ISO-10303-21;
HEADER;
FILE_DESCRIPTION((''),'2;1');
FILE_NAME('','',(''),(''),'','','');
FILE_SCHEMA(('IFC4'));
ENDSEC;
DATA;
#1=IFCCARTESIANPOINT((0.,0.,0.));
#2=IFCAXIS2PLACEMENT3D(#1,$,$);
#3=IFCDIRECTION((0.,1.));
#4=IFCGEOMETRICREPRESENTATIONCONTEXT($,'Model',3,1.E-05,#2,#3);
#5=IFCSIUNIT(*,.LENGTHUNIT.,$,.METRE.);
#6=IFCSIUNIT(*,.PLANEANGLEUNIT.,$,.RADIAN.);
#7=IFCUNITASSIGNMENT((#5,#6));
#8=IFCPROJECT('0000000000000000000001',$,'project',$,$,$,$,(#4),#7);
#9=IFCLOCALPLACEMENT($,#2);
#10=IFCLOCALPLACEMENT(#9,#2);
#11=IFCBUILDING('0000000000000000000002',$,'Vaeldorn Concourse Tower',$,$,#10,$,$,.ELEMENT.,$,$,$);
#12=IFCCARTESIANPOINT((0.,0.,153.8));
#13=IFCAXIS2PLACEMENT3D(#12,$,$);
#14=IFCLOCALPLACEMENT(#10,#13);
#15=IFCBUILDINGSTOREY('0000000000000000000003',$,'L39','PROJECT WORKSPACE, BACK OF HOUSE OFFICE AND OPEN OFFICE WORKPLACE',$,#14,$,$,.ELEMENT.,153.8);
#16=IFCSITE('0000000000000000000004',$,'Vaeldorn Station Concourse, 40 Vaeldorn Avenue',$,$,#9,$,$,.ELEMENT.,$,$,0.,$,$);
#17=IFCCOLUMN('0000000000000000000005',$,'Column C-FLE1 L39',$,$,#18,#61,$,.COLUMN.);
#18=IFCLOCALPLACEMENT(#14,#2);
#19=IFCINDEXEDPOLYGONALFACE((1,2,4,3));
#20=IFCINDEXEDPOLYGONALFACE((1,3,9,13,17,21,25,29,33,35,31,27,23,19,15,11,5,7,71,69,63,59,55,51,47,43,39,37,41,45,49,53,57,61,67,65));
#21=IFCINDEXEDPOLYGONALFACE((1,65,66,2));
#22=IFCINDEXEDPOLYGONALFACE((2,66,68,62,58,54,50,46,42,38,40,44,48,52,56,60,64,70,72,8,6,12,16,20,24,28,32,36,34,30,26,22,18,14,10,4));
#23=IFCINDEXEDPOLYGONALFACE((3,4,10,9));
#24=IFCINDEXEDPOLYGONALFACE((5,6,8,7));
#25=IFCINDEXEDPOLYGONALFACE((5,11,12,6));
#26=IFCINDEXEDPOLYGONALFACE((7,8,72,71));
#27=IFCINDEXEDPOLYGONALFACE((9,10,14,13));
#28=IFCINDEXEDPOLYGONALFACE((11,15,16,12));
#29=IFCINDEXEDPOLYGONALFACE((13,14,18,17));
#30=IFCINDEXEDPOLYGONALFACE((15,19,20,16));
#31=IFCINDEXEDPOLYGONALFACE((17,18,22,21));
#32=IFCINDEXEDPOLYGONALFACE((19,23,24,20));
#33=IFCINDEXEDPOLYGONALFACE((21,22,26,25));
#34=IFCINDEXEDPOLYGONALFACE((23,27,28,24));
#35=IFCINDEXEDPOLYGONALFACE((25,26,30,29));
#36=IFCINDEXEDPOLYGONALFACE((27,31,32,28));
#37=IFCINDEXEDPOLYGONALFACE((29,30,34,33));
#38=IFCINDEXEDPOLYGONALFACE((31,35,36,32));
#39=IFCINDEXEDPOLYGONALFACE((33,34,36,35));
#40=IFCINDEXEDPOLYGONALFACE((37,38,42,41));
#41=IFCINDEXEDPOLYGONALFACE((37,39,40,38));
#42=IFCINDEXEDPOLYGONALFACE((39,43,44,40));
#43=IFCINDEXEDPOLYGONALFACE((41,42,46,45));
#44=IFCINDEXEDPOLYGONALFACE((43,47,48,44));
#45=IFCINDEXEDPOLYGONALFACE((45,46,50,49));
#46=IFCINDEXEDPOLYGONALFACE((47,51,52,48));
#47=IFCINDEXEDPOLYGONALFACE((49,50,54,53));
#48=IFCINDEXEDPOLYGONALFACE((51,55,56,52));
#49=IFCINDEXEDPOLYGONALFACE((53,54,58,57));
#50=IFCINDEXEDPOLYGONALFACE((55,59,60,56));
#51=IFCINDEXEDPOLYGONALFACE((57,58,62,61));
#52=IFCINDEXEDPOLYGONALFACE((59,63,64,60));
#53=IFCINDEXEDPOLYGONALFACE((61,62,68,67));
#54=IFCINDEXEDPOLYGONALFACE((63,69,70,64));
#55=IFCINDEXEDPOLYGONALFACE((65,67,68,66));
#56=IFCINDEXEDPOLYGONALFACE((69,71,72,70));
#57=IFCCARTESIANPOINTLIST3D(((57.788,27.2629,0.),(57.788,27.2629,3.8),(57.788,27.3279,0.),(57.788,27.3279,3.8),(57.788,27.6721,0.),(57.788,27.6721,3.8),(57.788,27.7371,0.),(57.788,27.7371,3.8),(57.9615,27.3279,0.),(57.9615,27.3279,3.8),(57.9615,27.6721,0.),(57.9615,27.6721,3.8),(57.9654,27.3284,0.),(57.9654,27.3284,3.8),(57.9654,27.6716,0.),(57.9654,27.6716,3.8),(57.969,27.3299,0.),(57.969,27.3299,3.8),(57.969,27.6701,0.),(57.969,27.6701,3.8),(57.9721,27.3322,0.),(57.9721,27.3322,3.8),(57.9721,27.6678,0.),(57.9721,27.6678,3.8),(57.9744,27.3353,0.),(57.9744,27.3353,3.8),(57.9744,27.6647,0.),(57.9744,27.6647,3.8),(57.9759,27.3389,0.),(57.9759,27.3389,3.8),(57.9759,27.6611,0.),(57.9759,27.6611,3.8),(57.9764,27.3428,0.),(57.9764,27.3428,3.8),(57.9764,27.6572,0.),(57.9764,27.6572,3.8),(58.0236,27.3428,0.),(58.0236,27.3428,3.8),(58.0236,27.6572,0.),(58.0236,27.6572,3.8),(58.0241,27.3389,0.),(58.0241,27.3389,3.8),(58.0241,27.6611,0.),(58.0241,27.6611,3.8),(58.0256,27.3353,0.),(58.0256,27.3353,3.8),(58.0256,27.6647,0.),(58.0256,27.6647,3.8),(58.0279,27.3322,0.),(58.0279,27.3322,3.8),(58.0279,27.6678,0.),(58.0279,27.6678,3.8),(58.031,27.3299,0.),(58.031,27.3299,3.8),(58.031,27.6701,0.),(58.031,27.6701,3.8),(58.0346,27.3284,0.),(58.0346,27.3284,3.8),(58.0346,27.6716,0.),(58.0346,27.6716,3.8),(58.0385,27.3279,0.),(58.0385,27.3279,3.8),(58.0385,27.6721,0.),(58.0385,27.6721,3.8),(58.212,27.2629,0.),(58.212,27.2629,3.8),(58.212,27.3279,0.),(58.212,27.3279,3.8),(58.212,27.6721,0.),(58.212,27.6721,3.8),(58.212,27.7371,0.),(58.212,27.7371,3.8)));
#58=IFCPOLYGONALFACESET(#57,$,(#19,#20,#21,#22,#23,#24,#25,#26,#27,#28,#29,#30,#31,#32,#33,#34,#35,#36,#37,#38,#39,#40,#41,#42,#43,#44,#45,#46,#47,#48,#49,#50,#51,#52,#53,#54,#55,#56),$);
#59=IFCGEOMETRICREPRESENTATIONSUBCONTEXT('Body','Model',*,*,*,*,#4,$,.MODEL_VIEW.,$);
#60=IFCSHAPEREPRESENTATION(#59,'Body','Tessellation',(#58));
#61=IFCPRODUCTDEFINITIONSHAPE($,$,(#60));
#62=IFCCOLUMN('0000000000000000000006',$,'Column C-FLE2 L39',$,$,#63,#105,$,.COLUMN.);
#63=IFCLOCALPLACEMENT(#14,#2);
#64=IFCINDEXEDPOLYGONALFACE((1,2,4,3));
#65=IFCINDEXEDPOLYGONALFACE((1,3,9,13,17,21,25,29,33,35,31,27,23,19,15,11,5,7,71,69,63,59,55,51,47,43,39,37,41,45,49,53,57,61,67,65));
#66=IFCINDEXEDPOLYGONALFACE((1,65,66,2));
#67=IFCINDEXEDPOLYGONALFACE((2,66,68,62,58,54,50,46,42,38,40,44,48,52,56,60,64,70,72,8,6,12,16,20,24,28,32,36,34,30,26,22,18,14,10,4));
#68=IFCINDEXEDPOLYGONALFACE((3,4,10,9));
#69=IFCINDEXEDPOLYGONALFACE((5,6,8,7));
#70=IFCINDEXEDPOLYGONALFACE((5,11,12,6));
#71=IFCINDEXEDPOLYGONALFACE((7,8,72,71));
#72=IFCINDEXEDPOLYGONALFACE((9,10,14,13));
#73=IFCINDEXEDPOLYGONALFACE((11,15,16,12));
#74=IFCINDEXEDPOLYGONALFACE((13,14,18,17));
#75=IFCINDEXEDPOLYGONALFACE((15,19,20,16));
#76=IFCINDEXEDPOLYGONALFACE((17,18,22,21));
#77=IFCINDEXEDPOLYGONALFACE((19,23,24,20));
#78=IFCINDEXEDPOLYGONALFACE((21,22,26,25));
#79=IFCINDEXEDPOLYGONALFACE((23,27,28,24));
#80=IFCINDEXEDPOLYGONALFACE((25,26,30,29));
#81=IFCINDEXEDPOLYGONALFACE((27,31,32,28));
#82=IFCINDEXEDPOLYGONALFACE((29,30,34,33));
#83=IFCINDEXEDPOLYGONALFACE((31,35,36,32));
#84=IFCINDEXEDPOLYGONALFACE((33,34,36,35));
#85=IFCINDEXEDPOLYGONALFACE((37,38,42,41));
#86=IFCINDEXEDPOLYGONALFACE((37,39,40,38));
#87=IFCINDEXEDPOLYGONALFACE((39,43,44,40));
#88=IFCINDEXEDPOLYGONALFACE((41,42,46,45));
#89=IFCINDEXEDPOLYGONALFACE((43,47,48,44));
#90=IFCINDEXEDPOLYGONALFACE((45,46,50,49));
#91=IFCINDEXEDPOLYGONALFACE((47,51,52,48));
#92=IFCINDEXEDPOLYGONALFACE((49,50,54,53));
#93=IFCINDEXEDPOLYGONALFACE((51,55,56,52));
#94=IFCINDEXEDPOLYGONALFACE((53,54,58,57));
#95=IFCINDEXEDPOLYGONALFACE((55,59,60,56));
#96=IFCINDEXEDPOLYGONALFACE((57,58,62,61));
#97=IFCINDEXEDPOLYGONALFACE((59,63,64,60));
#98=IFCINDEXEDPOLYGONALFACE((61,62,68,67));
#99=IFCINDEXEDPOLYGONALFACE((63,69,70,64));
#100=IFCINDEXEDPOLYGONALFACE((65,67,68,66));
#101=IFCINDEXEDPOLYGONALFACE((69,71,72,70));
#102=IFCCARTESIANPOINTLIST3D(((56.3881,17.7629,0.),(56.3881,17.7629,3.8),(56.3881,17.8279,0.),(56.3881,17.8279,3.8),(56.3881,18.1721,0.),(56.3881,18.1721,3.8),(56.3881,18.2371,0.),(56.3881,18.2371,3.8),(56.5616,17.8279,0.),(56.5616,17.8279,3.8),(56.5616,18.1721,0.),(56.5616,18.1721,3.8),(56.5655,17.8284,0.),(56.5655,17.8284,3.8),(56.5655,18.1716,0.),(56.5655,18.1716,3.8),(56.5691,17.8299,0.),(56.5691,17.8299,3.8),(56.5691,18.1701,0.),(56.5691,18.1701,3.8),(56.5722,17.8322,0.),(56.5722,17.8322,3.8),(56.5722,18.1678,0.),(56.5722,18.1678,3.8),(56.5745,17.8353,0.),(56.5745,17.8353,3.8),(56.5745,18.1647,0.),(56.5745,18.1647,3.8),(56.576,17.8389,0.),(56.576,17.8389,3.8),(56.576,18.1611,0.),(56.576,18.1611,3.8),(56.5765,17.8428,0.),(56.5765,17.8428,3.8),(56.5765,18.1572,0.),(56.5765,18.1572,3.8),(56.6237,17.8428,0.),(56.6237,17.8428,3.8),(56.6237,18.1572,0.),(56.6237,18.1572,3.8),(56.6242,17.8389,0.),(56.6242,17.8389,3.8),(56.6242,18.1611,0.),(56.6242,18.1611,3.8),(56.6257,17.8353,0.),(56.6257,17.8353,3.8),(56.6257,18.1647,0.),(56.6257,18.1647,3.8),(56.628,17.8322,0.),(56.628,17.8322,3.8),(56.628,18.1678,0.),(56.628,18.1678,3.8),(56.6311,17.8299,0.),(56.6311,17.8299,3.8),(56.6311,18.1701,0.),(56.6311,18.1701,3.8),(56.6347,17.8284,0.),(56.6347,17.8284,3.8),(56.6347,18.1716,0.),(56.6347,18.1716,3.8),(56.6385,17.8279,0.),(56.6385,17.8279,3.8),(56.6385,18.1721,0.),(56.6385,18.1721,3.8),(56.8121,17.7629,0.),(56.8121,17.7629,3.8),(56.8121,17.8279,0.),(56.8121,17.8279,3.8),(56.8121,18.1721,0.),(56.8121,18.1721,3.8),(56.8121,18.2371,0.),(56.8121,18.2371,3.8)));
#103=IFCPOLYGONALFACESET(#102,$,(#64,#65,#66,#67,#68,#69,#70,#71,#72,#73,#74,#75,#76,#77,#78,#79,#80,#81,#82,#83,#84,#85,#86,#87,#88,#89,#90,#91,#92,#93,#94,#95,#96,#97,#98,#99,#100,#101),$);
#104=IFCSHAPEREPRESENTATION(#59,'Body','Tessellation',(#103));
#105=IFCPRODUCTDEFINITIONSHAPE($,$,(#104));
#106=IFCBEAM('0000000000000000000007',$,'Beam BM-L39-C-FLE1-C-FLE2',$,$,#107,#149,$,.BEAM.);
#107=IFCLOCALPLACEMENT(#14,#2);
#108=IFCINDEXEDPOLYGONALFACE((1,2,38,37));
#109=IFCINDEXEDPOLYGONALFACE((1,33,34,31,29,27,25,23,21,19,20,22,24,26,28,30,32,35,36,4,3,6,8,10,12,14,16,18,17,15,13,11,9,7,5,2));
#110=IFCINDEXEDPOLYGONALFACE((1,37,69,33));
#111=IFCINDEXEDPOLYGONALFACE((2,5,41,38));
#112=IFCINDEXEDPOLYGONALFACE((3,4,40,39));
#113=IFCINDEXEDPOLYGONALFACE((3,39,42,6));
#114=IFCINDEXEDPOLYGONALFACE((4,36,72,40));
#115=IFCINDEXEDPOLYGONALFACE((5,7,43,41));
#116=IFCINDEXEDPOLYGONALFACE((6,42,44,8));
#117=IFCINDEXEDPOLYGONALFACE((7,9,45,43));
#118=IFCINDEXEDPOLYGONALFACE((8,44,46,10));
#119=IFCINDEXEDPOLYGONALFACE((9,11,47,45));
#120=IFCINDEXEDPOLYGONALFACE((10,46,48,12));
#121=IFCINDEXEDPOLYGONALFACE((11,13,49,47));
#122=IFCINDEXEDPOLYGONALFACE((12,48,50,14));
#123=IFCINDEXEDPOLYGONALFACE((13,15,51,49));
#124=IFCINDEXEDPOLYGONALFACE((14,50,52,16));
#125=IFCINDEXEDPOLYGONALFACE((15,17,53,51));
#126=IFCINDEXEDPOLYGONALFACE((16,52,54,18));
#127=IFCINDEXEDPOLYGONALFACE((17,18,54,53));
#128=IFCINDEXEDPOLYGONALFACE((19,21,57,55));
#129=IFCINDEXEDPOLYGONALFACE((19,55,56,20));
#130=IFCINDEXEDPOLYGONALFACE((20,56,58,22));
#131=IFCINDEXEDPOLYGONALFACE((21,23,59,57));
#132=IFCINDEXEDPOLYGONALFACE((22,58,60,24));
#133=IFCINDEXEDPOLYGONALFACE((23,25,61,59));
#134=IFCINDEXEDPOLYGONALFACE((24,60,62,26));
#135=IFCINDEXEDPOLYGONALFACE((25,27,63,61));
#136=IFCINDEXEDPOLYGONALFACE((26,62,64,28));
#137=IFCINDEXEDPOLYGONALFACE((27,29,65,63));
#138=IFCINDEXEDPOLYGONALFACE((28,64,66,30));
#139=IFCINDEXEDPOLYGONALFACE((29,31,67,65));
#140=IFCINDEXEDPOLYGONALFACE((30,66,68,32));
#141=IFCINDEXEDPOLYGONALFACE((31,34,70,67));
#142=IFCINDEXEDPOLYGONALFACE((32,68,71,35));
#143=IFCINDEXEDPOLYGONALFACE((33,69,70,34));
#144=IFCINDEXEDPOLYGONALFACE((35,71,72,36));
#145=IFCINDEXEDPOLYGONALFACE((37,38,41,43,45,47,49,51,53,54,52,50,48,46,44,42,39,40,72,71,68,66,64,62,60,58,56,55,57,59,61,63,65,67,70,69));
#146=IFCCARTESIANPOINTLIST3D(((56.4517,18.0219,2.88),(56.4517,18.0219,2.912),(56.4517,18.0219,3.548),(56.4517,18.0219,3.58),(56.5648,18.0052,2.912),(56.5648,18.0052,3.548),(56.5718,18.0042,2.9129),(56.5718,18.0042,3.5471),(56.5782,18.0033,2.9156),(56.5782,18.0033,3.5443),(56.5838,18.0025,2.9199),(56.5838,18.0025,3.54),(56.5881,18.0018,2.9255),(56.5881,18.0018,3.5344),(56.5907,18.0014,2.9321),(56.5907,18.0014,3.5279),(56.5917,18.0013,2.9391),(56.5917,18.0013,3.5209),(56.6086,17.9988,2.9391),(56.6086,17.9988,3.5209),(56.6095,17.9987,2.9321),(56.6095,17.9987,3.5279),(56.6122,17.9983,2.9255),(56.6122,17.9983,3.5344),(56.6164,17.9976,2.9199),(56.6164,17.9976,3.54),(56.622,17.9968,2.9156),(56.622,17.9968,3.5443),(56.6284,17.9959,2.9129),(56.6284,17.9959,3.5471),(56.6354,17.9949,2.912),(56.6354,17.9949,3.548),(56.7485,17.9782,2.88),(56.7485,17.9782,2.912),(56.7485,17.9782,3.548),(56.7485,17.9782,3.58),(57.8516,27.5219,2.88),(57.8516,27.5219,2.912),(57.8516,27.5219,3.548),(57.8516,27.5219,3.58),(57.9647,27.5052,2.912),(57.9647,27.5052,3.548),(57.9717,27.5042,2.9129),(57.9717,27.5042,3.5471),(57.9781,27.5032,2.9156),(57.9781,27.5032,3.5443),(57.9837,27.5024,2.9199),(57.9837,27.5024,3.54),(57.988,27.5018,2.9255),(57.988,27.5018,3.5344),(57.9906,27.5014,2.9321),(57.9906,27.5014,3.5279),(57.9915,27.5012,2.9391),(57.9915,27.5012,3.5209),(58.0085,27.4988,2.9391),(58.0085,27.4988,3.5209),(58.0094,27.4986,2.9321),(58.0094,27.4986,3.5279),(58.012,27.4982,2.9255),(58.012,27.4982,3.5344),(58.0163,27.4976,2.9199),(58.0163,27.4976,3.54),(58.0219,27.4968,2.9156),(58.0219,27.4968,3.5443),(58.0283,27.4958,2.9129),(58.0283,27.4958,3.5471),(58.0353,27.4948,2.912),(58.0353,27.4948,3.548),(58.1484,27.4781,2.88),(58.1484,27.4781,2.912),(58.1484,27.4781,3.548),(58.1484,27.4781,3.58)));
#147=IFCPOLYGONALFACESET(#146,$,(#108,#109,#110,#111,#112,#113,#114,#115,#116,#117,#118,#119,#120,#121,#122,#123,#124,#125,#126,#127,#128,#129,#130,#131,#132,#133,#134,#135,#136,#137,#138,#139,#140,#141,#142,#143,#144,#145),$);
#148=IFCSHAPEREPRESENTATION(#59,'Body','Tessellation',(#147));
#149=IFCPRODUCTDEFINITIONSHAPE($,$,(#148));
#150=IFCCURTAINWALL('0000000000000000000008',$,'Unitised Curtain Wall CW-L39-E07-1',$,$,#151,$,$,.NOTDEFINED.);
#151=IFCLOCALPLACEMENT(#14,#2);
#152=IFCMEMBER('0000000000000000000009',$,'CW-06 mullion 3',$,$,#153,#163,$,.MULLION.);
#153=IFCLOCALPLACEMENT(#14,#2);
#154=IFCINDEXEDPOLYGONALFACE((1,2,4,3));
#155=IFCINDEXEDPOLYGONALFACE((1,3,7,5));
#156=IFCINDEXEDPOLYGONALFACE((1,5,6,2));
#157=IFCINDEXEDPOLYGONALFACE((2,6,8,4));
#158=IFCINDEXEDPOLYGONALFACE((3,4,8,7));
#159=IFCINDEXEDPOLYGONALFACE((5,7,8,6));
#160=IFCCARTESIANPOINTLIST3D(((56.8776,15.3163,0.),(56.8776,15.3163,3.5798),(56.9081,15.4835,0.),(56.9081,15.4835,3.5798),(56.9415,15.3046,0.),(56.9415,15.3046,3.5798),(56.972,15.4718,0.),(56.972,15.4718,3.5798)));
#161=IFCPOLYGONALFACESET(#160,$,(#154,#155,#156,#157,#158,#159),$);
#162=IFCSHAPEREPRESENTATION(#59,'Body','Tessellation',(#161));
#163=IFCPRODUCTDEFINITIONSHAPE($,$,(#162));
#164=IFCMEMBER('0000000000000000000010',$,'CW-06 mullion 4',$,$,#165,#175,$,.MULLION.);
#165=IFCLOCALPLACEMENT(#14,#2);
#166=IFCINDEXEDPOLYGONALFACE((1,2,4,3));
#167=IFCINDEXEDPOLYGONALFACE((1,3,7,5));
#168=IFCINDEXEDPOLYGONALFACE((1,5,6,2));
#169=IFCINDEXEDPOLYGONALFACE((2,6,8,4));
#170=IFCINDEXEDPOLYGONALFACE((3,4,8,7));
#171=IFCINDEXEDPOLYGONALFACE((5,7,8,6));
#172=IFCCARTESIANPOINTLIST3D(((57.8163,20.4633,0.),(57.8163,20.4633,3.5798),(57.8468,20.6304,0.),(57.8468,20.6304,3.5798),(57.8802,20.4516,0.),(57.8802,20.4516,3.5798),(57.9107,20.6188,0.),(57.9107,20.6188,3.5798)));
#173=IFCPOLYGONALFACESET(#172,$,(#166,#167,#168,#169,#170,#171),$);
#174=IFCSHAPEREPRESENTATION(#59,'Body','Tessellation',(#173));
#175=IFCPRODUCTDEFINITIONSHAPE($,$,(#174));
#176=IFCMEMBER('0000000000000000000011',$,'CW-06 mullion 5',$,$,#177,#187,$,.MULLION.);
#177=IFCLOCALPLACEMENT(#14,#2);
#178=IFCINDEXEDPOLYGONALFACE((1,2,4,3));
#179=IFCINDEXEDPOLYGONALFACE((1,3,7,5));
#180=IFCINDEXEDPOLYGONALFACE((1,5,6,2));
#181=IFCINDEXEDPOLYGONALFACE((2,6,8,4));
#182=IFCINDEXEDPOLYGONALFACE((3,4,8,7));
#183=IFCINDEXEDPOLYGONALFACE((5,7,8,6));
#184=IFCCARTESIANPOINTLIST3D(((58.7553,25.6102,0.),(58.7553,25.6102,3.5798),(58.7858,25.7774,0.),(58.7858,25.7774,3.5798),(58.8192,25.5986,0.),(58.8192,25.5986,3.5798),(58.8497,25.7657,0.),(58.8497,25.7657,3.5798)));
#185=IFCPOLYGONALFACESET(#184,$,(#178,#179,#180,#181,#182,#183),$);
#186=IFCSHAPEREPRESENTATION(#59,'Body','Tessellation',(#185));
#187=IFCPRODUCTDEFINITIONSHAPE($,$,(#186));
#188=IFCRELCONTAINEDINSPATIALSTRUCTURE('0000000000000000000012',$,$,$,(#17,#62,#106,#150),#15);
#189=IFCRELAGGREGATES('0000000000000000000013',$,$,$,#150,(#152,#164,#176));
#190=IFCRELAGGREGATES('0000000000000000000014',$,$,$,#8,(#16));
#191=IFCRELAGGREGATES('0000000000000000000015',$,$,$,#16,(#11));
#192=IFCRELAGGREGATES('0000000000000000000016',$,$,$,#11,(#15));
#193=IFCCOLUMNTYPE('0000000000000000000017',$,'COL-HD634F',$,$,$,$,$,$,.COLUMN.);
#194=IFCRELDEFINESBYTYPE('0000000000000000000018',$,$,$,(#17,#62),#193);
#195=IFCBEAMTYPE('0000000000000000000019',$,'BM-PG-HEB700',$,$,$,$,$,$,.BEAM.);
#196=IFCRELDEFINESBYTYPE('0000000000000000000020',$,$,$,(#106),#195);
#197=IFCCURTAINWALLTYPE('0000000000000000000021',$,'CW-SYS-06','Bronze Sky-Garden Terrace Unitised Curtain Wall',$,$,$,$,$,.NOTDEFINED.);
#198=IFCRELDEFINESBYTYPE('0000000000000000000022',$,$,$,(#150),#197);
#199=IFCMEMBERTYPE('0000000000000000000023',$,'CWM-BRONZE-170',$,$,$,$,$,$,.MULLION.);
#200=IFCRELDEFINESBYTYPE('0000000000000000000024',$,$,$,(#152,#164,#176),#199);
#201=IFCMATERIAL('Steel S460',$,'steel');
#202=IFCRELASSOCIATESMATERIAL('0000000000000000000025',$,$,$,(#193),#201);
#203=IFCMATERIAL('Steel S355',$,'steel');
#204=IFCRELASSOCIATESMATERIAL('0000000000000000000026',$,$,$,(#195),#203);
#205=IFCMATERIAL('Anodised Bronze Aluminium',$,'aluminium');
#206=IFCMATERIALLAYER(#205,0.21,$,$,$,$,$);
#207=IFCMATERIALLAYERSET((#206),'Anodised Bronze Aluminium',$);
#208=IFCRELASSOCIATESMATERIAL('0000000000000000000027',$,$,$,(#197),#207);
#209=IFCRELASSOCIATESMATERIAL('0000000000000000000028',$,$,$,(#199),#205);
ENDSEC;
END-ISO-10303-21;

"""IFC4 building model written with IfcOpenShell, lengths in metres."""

from ifc_helpers import new_model, si_unit, direction, frame, origin, origin_2d, place, context, subcontext, project, spatial, rectangle, i_section, extrude, source, transform, mapped, material, layer, layer_set, material_profile, profile_set, type_object, element, aggregate, save


model = new_model("IFC4")

# Units and contexts
model_context = context("Model", 3, precision=1e-05, world=origin(), true_north=direction((0.0, 1.0)))
body_context = subcontext(model_context, "Body", "Model", "MODEL_VIEW")
ifc_project = project(units=[si_unit("LENGTHUNIT", "METRE"), si_unit("PLANEANGLEUNIT", "RADIAN")], contexts=[model_context])

# Site, building, storey
site_placement = place(None, origin())
site = spatial("IfcSite", under=ifc_project, at=site_placement, Name="Vaeldorn Station Concourse, 40 Vaeldorn Avenue", CompositionType="ELEMENT", RefElevation=0.0)
building_placement = place(site_placement, origin())
building = spatial("IfcBuilding", under=site, at=building_placement, Name="Vaeldorn Concourse Tower", CompositionType="ELEMENT")
storey_placement = place(building_placement, frame((0.0, 0.0, 153.8)))
storey = spatial("IfcBuildingStorey", under=building, at=storey_placement, Name="L39", Description="PROJECT WORKSPACE, BACK OF HOUSE OFFICE AND OPEN OFFICE WORKPLACE", CompositionType="ELEMENT", Elevation=153.8)

# Columns
ifc_material_1 = material(Name="Steel S460", Category="steel")
ifc_material_profile_1 = material_profile(ifc_material_1, i_section(OverallWidth=0.4241, OverallDepth=0.4741, WebThickness=0.0471, FlangeThickness=0.0649, FilletRadius=0.0149, at=origin_2d()), Name="HD 400x634")
ifc_profile_set_1 = profile_set([ifc_material_profile_1], Name="Steel S460")
column_type = type_object("IfcColumnType", Name="COL-HD634F", PredefinedType="COLUMN", material=ifc_profile_set_1)
shared_shape_1 = source(origin(), body_context, "Body", "SweptSolid", [
    extrude(i_section(OverallWidth=0.4241, OverallDepth=0.4741, WebThickness=0.0471, FlangeThickness=0.0649, FilletRadius=0.0149, at=origin_2d()), origin(), (0.0, 0.0, 1.0), 3.8),
])
for number, where, z_axis, x_axis, name in (
    (1, (58.0, 27.5, 0.0), (0.0, 0.0, 1.0), (1.0, 0.0, 0.0), "Column C-FLE1 L39"),
    (2, (56.6001, 18.0, 0.0), (0.0, 0.0, 1.0), (1.0, 0.0, 0.0), "Column C-FLE2 L39"),
):
    element("IfcColumn", number, at=place(storey_placement, frame(where, z_axis=z_axis, x_axis=x_axis)), inside=storey, type_object=column_type, Name=name, PredefinedType="COLUMN", context=body_context, shape_type="MappedRepresentation", body=[
        mapped(shared_shape_1, transform((0.0, 0.0, 0.0), scale=1.0)),
    ])

# Beam
ifc_material_2 = material(Name="Steel S355", Category="steel")
ifc_material_profile_2 = material_profile(ifc_material_2, i_section(OverallWidth=0.3, OverallDepth=0.7, WebThickness=0.0171, FlangeThickness=0.032, FilletRadius=0.0271, at=origin_2d()), Name="HEB 700")
ifc_profile_set_2 = profile_set([ifc_material_profile_2], Name="Steel S355")
beam_type = type_object("IfcBeamType", Name="BM-PG-HEB700", PredefinedType="BEAM", material=ifc_profile_set_2)
shared_shape_2 = source(origin(), body_context, "Body", "SweptSolid", [
    extrude(i_section(OverallWidth=0.3, OverallDepth=0.7, WebThickness=0.0171, FlangeThickness=0.032, FilletRadius=0.0271, at=origin_2d()), origin(), (0.0, 0.0, 1.0), 9.6025),
])
beam_placement = place(storey_placement, frame((58.0, 27.5, 3.23), z_axis=(-0.145784, -0.989316, 0.0), x_axis=(0.989316, -0.145784, 0.0)))
element("IfcBeam", 3, at=beam_placement, inside=storey, type_object=beam_type, Name="Beam BM-L39-C-FLE1-C-FLE2", PredefinedType="BEAM", context=body_context, shape_type="MappedRepresentation", body=[
    mapped(shared_shape_2, transform((0.0, 0.0, 0.0), scale=1.0)),
])

# Curtain wall, members
ifc_material_3 = material(Name="Anodised Bronze Aluminium", Category="aluminium")
ifc_layer_1 = layer(ifc_material_3, 0.21)
ifc_layer_set_1 = layer_set([ifc_layer_1], Name="Anodised Bronze Aluminium")
curtain_wall_type = type_object("IfcCurtainWallType", Name="CW-SYS-06", Description="Bronze Sky-Garden Terrace Unitised Curtain Wall", PredefinedType="NOTDEFINED", material=ifc_layer_set_1)
curtain_wall_placement = place(storey_placement, origin())
curtain_wall = element("IfcCurtainWall", 4, at=curtain_wall_placement, inside=storey, type_object=curtain_wall_type, Name="Unitised Curtain Wall CW-L39-E07-1", PredefinedType="NOTDEFINED")
ifc_material_profile_3 = material_profile(ifc_material_3, rectangle(XDim=0.0649, YDim=0.1699, at=origin_2d()), Name="CWM 65x170")
ifc_profile_set_3 = profile_set([ifc_material_profile_3], Name="Anodised Bronze Aluminium")
member_type_1 = type_object("IfcMemberType", Name="CWM-BRONZE-170", PredefinedType="MULLION", material=ifc_profile_set_3)
shared_shape_3 = source(origin(), body_context, "Body", "SweptSolid", [
    extrude(rectangle(XDim=0.0649, YDim=0.1699, at=origin_2d()), origin(), (0.0, 0.0, 1.0), 3.5798),
])
member_1_placement = place(storey_placement, frame((56.9248, 15.394, 0.0), z_axis=(0.0, 0.0, 1.0), x_axis=(-0.983768, 0.179446, 0.0)))
member_1 = element("IfcMember", 5, at=member_1_placement, type_object=member_type_1, Name="CW-06 mullion 3", PredefinedType="MULLION", context=body_context, shape_type="MappedRepresentation", body=[
    mapped(shared_shape_3, transform((0.0, 0.0, 0.0), scale=1.0)),
])
member_2_placement = place(storey_placement, frame((57.8635, 20.541, 0.0), z_axis=(0.0, 0.0, 1.0), x_axis=(-0.983768, 0.179446, 0.0)))
member_2 = element("IfcMember", 6, at=member_2_placement, type_object=member_type_1, Name="CW-06 mullion 4", PredefinedType="MULLION", context=body_context, shape_type="MappedRepresentation", body=[
    mapped(shared_shape_3, transform((0.0, 0.0, 0.0), scale=1.0)),
])
member_3_placement = place(storey_placement, frame((58.8025, 25.688, 0.0), z_axis=(0.0, 0.0, 1.0), x_axis=(-0.983768, 0.179446, 0.0)))
member_3 = element("IfcMember", 7, at=member_3_placement, type_object=member_type_1, Name="CW-06 mullion 5", PredefinedType="MULLION", context=body_context, shape_type="MappedRepresentation", body=[
    mapped(shared_shape_3, transform((0.0, 0.0, 0.0), scale=1.0)),
])
aggregate(curtain_wall, [member_1, member_2, member_3])

save(model, "model.ifc")
